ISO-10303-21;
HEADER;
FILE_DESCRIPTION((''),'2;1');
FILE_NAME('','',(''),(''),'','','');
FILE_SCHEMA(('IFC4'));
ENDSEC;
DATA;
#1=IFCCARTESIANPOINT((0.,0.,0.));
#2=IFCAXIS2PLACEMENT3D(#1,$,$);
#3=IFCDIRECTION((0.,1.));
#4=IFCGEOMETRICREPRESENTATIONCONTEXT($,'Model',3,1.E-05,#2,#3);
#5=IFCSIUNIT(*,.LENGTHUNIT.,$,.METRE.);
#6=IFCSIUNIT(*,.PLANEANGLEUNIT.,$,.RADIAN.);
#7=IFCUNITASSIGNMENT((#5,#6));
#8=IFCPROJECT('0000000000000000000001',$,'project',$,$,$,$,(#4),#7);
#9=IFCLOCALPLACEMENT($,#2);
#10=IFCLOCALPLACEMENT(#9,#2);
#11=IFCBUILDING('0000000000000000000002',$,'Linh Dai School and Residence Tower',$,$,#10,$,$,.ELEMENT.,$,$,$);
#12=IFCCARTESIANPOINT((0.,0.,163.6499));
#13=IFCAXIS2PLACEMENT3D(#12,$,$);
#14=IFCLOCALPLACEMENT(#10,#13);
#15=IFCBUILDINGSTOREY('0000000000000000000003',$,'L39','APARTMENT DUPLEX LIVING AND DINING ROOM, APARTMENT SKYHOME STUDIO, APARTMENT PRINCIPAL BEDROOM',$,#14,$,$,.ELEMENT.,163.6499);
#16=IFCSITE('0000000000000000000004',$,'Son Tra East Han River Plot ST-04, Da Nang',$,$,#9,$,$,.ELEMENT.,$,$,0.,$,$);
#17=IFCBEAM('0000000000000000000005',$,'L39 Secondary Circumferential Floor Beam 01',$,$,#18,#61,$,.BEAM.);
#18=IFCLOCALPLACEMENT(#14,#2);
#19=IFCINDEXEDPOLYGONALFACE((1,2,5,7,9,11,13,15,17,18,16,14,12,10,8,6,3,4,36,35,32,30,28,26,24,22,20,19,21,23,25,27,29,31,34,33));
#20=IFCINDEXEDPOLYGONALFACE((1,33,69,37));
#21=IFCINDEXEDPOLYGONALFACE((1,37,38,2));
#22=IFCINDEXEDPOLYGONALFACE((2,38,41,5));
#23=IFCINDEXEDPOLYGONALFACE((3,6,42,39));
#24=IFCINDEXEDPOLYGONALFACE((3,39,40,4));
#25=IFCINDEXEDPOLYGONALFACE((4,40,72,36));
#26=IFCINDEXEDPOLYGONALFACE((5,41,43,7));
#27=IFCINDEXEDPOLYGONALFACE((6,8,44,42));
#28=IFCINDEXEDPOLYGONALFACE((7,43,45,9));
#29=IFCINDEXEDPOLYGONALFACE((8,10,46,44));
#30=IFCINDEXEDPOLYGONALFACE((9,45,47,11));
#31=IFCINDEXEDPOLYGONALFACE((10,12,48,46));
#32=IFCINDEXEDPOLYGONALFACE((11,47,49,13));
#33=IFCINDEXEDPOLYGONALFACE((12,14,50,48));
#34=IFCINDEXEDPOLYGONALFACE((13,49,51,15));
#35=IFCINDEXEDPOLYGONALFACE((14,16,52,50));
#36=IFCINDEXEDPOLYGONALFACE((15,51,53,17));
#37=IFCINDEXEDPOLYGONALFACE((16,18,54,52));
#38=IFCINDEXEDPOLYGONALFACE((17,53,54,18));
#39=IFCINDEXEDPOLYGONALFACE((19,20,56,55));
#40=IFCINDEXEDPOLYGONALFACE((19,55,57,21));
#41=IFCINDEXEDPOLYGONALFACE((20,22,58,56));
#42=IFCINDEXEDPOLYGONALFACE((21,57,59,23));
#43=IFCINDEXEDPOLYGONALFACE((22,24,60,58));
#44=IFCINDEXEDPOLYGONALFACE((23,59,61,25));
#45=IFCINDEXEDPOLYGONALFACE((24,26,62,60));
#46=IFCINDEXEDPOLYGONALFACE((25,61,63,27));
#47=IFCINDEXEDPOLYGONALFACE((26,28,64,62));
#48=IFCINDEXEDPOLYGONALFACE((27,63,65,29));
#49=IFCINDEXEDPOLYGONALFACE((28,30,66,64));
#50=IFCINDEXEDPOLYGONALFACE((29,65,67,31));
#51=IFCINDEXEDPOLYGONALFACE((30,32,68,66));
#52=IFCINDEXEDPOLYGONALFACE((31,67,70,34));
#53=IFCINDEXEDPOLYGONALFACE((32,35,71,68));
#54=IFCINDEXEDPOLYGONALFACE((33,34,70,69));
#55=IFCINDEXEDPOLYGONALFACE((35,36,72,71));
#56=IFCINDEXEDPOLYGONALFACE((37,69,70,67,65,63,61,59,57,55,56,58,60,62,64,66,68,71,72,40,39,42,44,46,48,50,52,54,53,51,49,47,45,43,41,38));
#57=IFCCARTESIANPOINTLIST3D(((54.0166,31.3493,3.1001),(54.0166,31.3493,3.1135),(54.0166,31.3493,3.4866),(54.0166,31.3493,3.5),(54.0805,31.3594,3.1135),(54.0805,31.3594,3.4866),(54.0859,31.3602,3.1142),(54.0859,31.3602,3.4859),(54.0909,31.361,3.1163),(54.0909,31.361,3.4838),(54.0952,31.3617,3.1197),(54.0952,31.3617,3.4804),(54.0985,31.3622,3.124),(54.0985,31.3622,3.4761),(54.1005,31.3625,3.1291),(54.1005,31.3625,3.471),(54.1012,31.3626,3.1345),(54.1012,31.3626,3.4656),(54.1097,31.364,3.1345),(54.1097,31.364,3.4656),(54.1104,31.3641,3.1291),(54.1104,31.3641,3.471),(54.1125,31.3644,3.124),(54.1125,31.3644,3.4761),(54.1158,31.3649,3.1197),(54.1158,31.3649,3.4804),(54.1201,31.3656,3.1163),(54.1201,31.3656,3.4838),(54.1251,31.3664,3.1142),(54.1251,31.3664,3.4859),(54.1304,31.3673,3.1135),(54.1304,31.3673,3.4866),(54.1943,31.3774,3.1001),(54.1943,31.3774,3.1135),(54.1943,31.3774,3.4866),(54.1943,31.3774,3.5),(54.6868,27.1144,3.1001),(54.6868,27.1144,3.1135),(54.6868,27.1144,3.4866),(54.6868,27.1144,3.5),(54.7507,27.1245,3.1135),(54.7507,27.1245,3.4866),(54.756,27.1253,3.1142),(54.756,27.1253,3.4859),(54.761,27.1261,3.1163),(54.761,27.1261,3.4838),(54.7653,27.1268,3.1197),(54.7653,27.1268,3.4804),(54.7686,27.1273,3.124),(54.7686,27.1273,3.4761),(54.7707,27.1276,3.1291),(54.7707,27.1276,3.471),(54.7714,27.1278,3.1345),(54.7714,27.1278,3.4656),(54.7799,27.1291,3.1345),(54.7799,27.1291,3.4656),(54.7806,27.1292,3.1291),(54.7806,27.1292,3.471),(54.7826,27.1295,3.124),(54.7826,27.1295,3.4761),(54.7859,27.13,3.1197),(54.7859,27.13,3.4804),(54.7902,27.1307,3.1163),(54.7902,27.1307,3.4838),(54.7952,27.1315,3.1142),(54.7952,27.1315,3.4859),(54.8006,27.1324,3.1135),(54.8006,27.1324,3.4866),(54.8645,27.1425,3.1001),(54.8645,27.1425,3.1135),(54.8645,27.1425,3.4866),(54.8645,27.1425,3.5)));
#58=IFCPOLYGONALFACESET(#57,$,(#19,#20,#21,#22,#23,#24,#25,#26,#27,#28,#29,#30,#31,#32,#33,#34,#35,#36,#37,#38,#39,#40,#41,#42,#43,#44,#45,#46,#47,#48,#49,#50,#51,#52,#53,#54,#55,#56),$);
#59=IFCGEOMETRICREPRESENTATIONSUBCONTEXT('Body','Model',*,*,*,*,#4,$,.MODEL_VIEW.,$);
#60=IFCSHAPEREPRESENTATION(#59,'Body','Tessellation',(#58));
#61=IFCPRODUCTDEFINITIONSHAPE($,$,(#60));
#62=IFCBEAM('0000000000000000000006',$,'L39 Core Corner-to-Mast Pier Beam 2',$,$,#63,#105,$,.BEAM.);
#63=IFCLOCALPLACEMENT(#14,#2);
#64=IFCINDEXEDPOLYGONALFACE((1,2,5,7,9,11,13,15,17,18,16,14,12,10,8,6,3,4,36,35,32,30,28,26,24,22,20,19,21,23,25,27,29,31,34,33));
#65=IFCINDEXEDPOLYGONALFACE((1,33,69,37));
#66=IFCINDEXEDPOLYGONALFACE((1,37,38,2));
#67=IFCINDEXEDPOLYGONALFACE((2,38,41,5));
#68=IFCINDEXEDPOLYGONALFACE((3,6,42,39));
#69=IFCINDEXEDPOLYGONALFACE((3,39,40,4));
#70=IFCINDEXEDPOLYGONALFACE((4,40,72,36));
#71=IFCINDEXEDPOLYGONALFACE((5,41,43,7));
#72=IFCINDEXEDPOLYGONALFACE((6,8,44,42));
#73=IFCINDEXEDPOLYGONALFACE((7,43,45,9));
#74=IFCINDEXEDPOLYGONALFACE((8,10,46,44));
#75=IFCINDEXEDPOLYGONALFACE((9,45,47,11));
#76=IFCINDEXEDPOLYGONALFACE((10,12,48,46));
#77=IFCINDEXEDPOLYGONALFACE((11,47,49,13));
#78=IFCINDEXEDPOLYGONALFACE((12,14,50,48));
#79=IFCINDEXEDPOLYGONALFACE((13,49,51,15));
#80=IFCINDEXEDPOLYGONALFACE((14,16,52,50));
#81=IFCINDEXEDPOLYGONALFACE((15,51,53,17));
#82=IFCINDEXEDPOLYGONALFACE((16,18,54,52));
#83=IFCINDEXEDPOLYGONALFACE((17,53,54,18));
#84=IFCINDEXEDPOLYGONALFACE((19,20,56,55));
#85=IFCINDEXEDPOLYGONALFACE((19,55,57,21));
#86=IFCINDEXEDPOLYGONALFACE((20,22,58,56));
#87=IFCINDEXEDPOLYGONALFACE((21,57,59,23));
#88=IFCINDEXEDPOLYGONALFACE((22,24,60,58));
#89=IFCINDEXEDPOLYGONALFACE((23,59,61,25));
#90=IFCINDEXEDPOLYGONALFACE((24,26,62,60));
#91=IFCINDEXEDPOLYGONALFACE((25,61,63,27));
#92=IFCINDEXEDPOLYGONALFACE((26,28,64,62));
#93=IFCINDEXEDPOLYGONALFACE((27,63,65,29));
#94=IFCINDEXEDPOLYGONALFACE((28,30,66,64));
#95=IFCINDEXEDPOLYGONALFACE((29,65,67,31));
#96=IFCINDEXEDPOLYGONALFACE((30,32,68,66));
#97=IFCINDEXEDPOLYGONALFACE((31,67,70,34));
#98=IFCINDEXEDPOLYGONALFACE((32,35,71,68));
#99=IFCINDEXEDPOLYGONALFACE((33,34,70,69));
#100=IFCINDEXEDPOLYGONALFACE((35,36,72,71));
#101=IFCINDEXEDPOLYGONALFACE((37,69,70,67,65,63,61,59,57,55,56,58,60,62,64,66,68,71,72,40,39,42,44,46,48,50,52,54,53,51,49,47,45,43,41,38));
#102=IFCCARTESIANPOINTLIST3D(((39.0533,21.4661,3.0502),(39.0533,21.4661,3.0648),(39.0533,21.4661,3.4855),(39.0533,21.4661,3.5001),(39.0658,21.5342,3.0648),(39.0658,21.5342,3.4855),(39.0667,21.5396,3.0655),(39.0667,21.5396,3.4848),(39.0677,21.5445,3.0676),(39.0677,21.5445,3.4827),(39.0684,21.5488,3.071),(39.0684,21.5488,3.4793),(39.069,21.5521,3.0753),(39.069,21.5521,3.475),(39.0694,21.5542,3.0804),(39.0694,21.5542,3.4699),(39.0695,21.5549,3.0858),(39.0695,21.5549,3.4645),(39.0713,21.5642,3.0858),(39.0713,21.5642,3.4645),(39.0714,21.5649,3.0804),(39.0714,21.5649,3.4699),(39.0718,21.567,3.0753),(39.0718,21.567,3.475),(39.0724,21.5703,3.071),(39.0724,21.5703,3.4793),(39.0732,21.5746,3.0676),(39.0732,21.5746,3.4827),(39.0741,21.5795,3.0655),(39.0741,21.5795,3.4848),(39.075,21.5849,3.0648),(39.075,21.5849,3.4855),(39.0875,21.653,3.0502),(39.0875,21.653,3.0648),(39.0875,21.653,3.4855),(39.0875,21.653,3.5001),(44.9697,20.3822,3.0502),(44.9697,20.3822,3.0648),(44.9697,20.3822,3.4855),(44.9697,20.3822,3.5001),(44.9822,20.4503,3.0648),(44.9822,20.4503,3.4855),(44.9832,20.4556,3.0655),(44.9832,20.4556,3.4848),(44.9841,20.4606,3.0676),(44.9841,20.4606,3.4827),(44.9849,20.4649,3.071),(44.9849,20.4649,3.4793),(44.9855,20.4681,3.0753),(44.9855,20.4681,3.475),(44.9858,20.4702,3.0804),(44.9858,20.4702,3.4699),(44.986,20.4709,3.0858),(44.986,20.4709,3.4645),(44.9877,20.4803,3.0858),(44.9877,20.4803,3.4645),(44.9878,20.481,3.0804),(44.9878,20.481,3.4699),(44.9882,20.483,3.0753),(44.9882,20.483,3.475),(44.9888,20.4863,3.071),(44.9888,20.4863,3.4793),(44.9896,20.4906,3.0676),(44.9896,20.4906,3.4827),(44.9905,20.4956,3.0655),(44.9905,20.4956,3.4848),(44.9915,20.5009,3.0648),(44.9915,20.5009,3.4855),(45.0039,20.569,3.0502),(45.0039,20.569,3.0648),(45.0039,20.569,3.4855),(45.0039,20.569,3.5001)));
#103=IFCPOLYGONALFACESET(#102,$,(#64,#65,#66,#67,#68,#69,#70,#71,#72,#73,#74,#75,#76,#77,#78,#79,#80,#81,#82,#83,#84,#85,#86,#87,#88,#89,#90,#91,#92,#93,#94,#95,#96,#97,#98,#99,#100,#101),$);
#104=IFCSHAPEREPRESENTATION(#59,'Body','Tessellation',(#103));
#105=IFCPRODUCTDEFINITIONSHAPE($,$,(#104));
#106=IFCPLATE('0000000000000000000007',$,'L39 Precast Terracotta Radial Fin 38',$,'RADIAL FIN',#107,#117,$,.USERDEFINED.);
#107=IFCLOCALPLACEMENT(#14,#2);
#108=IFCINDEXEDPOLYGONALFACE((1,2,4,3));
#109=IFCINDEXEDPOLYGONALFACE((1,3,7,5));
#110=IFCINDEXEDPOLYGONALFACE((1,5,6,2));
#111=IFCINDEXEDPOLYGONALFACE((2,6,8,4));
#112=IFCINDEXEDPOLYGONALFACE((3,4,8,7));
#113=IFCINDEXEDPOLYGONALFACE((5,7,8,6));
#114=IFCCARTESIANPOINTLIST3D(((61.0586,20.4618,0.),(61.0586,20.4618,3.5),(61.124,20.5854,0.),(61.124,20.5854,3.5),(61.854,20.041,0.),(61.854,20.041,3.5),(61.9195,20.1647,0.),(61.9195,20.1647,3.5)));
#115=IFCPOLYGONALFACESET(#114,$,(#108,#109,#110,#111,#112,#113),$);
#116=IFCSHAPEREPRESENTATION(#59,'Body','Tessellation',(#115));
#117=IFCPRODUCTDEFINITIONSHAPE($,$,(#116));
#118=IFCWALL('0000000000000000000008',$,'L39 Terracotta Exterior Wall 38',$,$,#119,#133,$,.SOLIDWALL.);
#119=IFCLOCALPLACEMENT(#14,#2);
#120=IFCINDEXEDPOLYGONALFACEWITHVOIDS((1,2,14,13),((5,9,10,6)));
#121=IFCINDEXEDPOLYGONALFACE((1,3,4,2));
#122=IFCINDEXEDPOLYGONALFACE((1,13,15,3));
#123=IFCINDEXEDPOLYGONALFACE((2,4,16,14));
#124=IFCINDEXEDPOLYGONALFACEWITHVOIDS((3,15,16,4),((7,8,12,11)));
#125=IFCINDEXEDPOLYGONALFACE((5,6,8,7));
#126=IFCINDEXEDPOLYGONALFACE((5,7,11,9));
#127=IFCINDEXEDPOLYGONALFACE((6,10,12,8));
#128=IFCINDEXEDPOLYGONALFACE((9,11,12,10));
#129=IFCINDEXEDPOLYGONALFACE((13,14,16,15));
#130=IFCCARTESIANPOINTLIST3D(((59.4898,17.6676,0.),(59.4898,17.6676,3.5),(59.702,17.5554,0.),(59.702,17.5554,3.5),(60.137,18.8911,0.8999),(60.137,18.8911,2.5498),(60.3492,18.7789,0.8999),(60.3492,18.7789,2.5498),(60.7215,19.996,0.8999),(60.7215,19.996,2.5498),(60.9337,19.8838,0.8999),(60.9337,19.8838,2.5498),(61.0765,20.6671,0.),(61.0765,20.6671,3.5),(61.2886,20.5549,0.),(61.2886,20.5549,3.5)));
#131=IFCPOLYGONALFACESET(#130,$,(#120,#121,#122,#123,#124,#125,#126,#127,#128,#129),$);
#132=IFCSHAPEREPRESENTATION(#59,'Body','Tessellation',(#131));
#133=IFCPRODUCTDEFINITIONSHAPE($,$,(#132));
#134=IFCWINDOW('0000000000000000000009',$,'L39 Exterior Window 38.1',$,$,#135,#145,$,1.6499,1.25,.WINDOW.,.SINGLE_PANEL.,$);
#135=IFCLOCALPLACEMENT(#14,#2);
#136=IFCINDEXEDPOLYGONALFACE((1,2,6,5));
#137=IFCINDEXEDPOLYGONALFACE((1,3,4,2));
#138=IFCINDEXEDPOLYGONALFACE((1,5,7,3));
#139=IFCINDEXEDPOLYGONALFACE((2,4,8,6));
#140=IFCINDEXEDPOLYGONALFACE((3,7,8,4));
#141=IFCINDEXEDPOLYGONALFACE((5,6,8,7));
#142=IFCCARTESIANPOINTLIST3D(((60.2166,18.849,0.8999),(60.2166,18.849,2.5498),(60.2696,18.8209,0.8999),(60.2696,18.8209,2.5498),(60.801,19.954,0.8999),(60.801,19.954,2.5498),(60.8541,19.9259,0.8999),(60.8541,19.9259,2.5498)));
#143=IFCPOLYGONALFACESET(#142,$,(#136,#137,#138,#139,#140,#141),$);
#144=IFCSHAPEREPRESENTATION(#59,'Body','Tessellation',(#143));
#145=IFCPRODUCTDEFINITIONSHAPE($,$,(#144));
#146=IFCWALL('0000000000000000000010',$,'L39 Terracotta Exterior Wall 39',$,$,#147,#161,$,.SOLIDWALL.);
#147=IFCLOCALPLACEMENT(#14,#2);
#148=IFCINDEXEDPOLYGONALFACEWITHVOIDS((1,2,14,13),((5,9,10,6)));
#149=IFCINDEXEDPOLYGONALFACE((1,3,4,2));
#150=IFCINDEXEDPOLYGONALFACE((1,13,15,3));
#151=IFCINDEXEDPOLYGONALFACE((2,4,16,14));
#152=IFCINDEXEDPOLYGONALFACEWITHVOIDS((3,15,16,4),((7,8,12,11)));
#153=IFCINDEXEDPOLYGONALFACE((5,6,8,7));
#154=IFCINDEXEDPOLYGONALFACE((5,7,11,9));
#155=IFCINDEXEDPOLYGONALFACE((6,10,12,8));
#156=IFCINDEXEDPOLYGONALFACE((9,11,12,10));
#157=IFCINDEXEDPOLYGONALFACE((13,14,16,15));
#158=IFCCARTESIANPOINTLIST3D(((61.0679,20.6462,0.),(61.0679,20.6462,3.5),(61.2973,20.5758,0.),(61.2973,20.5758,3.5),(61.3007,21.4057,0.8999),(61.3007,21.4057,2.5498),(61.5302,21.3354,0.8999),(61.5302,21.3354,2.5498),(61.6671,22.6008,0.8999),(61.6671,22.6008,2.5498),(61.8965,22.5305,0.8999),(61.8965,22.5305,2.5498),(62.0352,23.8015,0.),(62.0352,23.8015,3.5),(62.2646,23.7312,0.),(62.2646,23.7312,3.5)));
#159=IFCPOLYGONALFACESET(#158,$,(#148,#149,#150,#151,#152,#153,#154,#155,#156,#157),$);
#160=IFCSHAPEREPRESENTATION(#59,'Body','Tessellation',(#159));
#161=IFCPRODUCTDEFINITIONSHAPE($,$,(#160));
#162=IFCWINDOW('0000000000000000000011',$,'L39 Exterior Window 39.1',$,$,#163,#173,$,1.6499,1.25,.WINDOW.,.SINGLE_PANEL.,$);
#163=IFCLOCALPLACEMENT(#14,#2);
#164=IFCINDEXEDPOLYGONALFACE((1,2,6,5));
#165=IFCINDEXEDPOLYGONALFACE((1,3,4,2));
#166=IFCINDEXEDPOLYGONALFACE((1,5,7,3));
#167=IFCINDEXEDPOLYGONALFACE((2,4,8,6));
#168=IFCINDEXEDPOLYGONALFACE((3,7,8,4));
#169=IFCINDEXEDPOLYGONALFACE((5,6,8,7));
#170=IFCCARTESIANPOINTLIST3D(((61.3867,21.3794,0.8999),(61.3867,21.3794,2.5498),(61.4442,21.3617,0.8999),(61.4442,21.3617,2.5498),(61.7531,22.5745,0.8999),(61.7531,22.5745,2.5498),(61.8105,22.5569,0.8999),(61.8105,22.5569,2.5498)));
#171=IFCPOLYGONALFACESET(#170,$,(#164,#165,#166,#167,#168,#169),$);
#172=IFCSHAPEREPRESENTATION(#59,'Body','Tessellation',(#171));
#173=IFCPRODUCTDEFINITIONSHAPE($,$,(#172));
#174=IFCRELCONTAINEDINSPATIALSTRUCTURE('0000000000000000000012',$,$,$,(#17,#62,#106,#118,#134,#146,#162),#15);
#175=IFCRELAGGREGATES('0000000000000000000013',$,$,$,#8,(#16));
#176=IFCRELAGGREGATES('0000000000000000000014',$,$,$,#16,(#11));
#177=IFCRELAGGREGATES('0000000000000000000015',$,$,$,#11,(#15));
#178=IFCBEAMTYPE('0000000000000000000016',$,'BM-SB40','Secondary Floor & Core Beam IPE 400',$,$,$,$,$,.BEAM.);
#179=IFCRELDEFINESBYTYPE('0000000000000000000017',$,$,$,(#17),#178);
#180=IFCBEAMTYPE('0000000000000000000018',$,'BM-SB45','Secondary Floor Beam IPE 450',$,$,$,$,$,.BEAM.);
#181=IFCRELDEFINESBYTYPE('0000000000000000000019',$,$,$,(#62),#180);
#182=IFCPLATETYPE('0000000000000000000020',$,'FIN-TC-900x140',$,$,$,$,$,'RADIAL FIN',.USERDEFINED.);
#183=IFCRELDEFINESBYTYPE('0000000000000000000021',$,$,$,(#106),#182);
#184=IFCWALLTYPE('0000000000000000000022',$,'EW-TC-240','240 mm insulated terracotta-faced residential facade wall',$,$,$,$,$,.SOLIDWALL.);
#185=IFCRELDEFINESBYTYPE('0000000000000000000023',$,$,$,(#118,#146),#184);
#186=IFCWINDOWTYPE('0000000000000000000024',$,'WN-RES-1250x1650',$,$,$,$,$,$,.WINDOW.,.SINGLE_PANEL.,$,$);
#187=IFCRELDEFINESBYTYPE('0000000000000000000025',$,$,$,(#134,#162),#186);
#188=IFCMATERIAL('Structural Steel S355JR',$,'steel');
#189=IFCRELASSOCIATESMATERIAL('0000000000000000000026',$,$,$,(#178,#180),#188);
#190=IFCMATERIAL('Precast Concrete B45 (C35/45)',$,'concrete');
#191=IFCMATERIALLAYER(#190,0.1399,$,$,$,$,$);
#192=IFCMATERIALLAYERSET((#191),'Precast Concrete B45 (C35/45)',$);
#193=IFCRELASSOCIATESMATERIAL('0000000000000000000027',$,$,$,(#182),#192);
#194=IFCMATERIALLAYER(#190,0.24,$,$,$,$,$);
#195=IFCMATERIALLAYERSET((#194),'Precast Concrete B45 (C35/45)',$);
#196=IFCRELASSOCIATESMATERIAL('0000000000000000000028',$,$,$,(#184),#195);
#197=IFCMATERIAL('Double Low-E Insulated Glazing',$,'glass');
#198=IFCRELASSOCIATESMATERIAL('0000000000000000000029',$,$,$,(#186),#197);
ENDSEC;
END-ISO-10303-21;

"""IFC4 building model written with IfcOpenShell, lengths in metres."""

from ifc_helpers import new_model, si_unit, direction, frame, frame_2d, origin, origin_2d, place, context, subcontext, project, spatial, rectangle, i_section, extrude, source, transform, mapped, material, layer, layer_set, material_profile, profile_set, type_object, element, fill, save


model = new_model("IFC4")

# Units and contexts
model_context = context("Model", 3, precision=1e-05, world=origin(), true_north=direction((0.0, 1.0)))
body_context = subcontext(model_context, "Body", "Model", "MODEL_VIEW")
ifc_project = project(units=[si_unit("LENGTHUNIT", "METRE"), si_unit("PLANEANGLEUNIT", "RADIAN")], contexts=[model_context])

# Site, building, storey
site_placement = place(None, origin())
site = spatial("IfcSite", under=ifc_project, at=site_placement, Name="Son Tra East Han River Plot ST-04, Da Nang", CompositionType="ELEMENT", RefElevation=0.0)
building_placement = place(site_placement, origin())
building = spatial("IfcBuilding", under=site, at=building_placement, Name="Linh Dai School and Residence Tower", CompositionType="ELEMENT")
storey_placement = place(building_placement, frame((0.0, 0.0, 163.6499)))
storey = spatial("IfcBuildingStorey", under=building, at=storey_placement, Name="L39", Description="APARTMENT DUPLEX LIVING AND DINING ROOM, APARTMENT SKYHOME STUDIO, APARTMENT PRINCIPAL BEDROOM", CompositionType="ELEMENT", Elevation=163.6499)

# Shared definitions
ifc_material_1 = material(Name="Structural Steel S355JR", Category="steel")

# Beams
ifc_material_profile_1 = material_profile(ifc_material_1, i_section(OverallWidth=0.1799, OverallDepth=0.3999, WebThickness=0.0085, FlangeThickness=0.0134, FilletRadius=0.021, at=origin_2d()), Name="IPE 400")
ifc_profile_set_1 = profile_set([ifc_material_profile_1], Name="Structural Steel S355JR")
beam_type_1 = type_object("IfcBeamType", Name="BM-SB40", Description="Secondary Floor & Core Beam IPE 400", PredefinedType="BEAM", material=ifc_profile_set_1)
beam_1_placement = place(storey_placement, frame((54.7756, 27.1284, 3.3), z_axis=(-0.156305, 0.987709, 0.0), x_axis=(-0.987709, -0.156305, 0.0)))
element("IfcBeam", 1, at=beam_1_placement, inside=storey, type_object=beam_type_1, Name="L39 Secondary Circumferential Floor Beam 01", PredefinedType="BEAM", context=body_context, shape_type="SweptSolid", body=[
    extrude(i_section(OverallWidth=0.1799, OverallDepth=0.3999, WebThickness=0.0085, FlangeThickness=0.0134, FilletRadius=0.021, at=origin_2d()), origin(), (0.0, 0.0, 1.0), 4.2876),
])
ifc_material_profile_2 = material_profile(ifc_material_1, i_section(OverallWidth=0.1899, OverallDepth=0.45, WebThickness=0.0095, FlangeThickness=0.0146, FilletRadius=0.021, at=origin_2d()), Name="IPE 450")
ifc_profile_set_2 = profile_set([ifc_material_profile_2], Name="Structural Steel S355JR")
beam_type_2 = type_object("IfcBeamType", Name="BM-SB45", Description="Secondary Floor Beam IPE 450", PredefinedType="BEAM", material=ifc_profile_set_2)
beam_2_placement = place(storey_placement, frame((44.9868, 20.4756, 3.2751), z_axis=(-0.983627, 0.180214, 0.0), x_axis=(-0.180214, -0.983627, 0.0)))
element("IfcBeam", 2, at=beam_2_placement, inside=storey, type_object=beam_type_2, Name="L39 Core Corner-to-Mast Pier Beam 2", PredefinedType="BEAM", context=body_context, shape_type="SweptSolid", body=[
    extrude(i_section(OverallWidth=0.1899, OverallDepth=0.45, WebThickness=0.0095, FlangeThickness=0.0146, FilletRadius=0.021, at=origin_2d()), origin(), (0.0, 0.0, 1.0), 6.0149),
])

# Plate
ifc_material_2 = material(Name="Precast Concrete B45 (C35/45)", Category="concrete")
ifc_layer_1 = layer(ifc_material_2, 0.1399)
ifc_layer_set_1 = layer_set([ifc_layer_1], Name="Precast Concrete B45 (C35/45)")
plate_type = type_object("IfcPlateType", Name="FIN-TC-900x140", ElementType="RADIAL FIN", PredefinedType="USERDEFINED", material=ifc_layer_set_1)
shared_shape_1 = source(origin(), body_context, "Body", "SweptSolid", [
    extrude(rectangle(XDim=0.8999, YDim=0.1399, at=origin_2d()), origin(), (0.0, 0.0, 1.0), 3.5),
])
plate_placement = place(storey_placement, frame((61.489, 20.3132, 0.0), z_axis=(0.0, 0.0, 1.0), x_axis=(0.883951, -0.46758, 0.0)))
element("IfcPlate", 3, at=plate_placement, inside=storey, type_object=plate_type, Name="L39 Precast Terracotta Radial Fin 38", ObjectType="RADIAL FIN", PredefinedType="USERDEFINED", context=body_context, shape_type="MappedRepresentation", body=[
    mapped(shared_shape_1, transform((0.0, 0.0, 0.0), x_axis=(1.0, 0.0, 0.0), y_axis=(0.0, 1.0, 0.0), z_axis=(0.0, 0.0, 1.0), scale=1.0)),
])

# Walls, openings, windows
ifc_layer_2 = layer(ifc_material_2, 0.24)
ifc_layer_set_2 = layer_set([ifc_layer_2], Name="Precast Concrete B45 (C35/45)")
wall_type_1 = type_object("IfcWallType", Name="EW-TC-240", Description="240 mm insulated terracotta-faced residential facade wall", PredefinedType="SOLIDWALL", material=ifc_layer_set_2)
wall_1_placement = place(storey_placement, frame((61.1826, 20.6111, 0.0), z_axis=(0.0, 0.0, 1.0), x_axis=(-0.467587, -0.883947, 0.0)))
wall_1 = element("IfcWall", 4, at=wall_1_placement, inside=storey, type_object=wall_type_1, Name="L39 Terracotta Exterior Wall 38", PredefinedType="SOLIDWALL", context=body_context, shape_type="SweptSolid", body=[
    extrude(rectangle(XDim=3.3933, YDim=0.24, at=frame_2d((1.6968, 0.0))), origin(), (0.0, 0.0, 1.0), 3.5),
])
opening_1_placement = place(wall_1_placement, frame((0.7593, 0.0, 0.8999)))
opening_1 = element("IfcOpeningElement", 5, at=opening_1_placement, cuts=wall_1, PredefinedType="OPENING", context=body_context, shape_type="SweptSolid", body=[
    extrude(rectangle(XDim=1.25, YDim=1.6499, at=origin_2d()), frame((0.625, 0.1299, 0.825), z_axis=(0.0, -1.0, 0.0), x_axis=(1.0, 0.0, 0.0)), (0.0, 0.0, 1.0), 0.26),
])
ifc_material_3 = material(Name="Double Low-E Insulated Glazing", Category="glass")
window_type = type_object("IfcWindowType", Name="WN-RES-1250x1650", PartitioningType="SINGLE_PANEL", PredefinedType="WINDOW", material=ifc_material_3)
shared_shape_2 = source(origin(), body_context, "Body", "SweptSolid", [
    extrude(rectangle(XDim=1.25, YDim=1.6499, at=origin_2d()), frame((0.625, 0.03, 0.825), z_axis=(0.0, -1.0, 0.0), x_axis=(1.0, 0.0, 0.0)), (0.0, 0.0, 1.0), 0.0601),
])
window_1_placement = place(opening_1_placement, origin())
window_1 = element("IfcWindow", 6, at=window_1_placement, inside=storey, type_object=window_type, Name="L39 Exterior Window 38.1", OverallHeight=1.6499, OverallWidth=1.25, PartitioningType="SINGLE_PANEL", PredefinedType="WINDOW", context=body_context, shape_type="MappedRepresentation", body=[
    mapped(shared_shape_2, transform((0.0, 0.0, 0.0), x_axis=(1.0, 0.0, 0.0), y_axis=(0.0, 1.0, 0.0), z_axis=(0.0, 0.0, 1.0), scale=1.0)),
])
fill(opening_1, window_1)
wall_2_placement = place(storey_placement, frame((62.1499, 23.7664, 0.0), z_axis=(0.0, 0.0, 1.0), x_axis=(-0.293098, -0.956082, 0.0)))
wall_2 = element("IfcWall", 7, at=wall_2_placement, inside=storey, type_object=wall_type_1, Name="L39 Terracotta Exterior Wall 39", PredefinedType="SOLIDWALL", context=body_context, shape_type="SweptSolid", body=[
    extrude(rectangle(XDim=3.3003, YDim=0.24, at=frame_2d((1.6501, 0.0))), origin(), (0.0, 0.0, 1.0), 3.5),
])
opening_2_placement = place(wall_2_placement, frame((1.2559, 0.0, 0.8999)))
opening_2 = element("IfcOpeningElement", 8, at=opening_2_placement, cuts=wall_2, PredefinedType="OPENING", context=body_context, shape_type="SweptSolid", body=[
    extrude(rectangle(XDim=1.25, YDim=1.6499, at=origin_2d()), frame((0.625, 0.1299, 0.825), z_axis=(0.0, -1.0, 0.0), x_axis=(1.0, 0.0, 0.0)), (0.0, 0.0, 1.0), 0.26),
])
window_2_placement = place(opening_2_placement, origin())
window_2 = element("IfcWindow", 9, at=window_2_placement, inside=storey, type_object=window_type, Name="L39 Exterior Window 39.1", OverallHeight=1.6499, OverallWidth=1.25, PartitioningType="SINGLE_PANEL", PredefinedType="WINDOW", context=body_context, shape_type="MappedRepresentation", body=[
    mapped(shared_shape_2, transform((0.0, 0.0, 0.0), x_axis=(1.0, 0.0, 0.0), y_axis=(0.0, 1.0, 0.0), z_axis=(0.0, 0.0, 1.0), scale=1.0)),
])
fill(opening_2, window_2)

save(model, "model.ifc")
